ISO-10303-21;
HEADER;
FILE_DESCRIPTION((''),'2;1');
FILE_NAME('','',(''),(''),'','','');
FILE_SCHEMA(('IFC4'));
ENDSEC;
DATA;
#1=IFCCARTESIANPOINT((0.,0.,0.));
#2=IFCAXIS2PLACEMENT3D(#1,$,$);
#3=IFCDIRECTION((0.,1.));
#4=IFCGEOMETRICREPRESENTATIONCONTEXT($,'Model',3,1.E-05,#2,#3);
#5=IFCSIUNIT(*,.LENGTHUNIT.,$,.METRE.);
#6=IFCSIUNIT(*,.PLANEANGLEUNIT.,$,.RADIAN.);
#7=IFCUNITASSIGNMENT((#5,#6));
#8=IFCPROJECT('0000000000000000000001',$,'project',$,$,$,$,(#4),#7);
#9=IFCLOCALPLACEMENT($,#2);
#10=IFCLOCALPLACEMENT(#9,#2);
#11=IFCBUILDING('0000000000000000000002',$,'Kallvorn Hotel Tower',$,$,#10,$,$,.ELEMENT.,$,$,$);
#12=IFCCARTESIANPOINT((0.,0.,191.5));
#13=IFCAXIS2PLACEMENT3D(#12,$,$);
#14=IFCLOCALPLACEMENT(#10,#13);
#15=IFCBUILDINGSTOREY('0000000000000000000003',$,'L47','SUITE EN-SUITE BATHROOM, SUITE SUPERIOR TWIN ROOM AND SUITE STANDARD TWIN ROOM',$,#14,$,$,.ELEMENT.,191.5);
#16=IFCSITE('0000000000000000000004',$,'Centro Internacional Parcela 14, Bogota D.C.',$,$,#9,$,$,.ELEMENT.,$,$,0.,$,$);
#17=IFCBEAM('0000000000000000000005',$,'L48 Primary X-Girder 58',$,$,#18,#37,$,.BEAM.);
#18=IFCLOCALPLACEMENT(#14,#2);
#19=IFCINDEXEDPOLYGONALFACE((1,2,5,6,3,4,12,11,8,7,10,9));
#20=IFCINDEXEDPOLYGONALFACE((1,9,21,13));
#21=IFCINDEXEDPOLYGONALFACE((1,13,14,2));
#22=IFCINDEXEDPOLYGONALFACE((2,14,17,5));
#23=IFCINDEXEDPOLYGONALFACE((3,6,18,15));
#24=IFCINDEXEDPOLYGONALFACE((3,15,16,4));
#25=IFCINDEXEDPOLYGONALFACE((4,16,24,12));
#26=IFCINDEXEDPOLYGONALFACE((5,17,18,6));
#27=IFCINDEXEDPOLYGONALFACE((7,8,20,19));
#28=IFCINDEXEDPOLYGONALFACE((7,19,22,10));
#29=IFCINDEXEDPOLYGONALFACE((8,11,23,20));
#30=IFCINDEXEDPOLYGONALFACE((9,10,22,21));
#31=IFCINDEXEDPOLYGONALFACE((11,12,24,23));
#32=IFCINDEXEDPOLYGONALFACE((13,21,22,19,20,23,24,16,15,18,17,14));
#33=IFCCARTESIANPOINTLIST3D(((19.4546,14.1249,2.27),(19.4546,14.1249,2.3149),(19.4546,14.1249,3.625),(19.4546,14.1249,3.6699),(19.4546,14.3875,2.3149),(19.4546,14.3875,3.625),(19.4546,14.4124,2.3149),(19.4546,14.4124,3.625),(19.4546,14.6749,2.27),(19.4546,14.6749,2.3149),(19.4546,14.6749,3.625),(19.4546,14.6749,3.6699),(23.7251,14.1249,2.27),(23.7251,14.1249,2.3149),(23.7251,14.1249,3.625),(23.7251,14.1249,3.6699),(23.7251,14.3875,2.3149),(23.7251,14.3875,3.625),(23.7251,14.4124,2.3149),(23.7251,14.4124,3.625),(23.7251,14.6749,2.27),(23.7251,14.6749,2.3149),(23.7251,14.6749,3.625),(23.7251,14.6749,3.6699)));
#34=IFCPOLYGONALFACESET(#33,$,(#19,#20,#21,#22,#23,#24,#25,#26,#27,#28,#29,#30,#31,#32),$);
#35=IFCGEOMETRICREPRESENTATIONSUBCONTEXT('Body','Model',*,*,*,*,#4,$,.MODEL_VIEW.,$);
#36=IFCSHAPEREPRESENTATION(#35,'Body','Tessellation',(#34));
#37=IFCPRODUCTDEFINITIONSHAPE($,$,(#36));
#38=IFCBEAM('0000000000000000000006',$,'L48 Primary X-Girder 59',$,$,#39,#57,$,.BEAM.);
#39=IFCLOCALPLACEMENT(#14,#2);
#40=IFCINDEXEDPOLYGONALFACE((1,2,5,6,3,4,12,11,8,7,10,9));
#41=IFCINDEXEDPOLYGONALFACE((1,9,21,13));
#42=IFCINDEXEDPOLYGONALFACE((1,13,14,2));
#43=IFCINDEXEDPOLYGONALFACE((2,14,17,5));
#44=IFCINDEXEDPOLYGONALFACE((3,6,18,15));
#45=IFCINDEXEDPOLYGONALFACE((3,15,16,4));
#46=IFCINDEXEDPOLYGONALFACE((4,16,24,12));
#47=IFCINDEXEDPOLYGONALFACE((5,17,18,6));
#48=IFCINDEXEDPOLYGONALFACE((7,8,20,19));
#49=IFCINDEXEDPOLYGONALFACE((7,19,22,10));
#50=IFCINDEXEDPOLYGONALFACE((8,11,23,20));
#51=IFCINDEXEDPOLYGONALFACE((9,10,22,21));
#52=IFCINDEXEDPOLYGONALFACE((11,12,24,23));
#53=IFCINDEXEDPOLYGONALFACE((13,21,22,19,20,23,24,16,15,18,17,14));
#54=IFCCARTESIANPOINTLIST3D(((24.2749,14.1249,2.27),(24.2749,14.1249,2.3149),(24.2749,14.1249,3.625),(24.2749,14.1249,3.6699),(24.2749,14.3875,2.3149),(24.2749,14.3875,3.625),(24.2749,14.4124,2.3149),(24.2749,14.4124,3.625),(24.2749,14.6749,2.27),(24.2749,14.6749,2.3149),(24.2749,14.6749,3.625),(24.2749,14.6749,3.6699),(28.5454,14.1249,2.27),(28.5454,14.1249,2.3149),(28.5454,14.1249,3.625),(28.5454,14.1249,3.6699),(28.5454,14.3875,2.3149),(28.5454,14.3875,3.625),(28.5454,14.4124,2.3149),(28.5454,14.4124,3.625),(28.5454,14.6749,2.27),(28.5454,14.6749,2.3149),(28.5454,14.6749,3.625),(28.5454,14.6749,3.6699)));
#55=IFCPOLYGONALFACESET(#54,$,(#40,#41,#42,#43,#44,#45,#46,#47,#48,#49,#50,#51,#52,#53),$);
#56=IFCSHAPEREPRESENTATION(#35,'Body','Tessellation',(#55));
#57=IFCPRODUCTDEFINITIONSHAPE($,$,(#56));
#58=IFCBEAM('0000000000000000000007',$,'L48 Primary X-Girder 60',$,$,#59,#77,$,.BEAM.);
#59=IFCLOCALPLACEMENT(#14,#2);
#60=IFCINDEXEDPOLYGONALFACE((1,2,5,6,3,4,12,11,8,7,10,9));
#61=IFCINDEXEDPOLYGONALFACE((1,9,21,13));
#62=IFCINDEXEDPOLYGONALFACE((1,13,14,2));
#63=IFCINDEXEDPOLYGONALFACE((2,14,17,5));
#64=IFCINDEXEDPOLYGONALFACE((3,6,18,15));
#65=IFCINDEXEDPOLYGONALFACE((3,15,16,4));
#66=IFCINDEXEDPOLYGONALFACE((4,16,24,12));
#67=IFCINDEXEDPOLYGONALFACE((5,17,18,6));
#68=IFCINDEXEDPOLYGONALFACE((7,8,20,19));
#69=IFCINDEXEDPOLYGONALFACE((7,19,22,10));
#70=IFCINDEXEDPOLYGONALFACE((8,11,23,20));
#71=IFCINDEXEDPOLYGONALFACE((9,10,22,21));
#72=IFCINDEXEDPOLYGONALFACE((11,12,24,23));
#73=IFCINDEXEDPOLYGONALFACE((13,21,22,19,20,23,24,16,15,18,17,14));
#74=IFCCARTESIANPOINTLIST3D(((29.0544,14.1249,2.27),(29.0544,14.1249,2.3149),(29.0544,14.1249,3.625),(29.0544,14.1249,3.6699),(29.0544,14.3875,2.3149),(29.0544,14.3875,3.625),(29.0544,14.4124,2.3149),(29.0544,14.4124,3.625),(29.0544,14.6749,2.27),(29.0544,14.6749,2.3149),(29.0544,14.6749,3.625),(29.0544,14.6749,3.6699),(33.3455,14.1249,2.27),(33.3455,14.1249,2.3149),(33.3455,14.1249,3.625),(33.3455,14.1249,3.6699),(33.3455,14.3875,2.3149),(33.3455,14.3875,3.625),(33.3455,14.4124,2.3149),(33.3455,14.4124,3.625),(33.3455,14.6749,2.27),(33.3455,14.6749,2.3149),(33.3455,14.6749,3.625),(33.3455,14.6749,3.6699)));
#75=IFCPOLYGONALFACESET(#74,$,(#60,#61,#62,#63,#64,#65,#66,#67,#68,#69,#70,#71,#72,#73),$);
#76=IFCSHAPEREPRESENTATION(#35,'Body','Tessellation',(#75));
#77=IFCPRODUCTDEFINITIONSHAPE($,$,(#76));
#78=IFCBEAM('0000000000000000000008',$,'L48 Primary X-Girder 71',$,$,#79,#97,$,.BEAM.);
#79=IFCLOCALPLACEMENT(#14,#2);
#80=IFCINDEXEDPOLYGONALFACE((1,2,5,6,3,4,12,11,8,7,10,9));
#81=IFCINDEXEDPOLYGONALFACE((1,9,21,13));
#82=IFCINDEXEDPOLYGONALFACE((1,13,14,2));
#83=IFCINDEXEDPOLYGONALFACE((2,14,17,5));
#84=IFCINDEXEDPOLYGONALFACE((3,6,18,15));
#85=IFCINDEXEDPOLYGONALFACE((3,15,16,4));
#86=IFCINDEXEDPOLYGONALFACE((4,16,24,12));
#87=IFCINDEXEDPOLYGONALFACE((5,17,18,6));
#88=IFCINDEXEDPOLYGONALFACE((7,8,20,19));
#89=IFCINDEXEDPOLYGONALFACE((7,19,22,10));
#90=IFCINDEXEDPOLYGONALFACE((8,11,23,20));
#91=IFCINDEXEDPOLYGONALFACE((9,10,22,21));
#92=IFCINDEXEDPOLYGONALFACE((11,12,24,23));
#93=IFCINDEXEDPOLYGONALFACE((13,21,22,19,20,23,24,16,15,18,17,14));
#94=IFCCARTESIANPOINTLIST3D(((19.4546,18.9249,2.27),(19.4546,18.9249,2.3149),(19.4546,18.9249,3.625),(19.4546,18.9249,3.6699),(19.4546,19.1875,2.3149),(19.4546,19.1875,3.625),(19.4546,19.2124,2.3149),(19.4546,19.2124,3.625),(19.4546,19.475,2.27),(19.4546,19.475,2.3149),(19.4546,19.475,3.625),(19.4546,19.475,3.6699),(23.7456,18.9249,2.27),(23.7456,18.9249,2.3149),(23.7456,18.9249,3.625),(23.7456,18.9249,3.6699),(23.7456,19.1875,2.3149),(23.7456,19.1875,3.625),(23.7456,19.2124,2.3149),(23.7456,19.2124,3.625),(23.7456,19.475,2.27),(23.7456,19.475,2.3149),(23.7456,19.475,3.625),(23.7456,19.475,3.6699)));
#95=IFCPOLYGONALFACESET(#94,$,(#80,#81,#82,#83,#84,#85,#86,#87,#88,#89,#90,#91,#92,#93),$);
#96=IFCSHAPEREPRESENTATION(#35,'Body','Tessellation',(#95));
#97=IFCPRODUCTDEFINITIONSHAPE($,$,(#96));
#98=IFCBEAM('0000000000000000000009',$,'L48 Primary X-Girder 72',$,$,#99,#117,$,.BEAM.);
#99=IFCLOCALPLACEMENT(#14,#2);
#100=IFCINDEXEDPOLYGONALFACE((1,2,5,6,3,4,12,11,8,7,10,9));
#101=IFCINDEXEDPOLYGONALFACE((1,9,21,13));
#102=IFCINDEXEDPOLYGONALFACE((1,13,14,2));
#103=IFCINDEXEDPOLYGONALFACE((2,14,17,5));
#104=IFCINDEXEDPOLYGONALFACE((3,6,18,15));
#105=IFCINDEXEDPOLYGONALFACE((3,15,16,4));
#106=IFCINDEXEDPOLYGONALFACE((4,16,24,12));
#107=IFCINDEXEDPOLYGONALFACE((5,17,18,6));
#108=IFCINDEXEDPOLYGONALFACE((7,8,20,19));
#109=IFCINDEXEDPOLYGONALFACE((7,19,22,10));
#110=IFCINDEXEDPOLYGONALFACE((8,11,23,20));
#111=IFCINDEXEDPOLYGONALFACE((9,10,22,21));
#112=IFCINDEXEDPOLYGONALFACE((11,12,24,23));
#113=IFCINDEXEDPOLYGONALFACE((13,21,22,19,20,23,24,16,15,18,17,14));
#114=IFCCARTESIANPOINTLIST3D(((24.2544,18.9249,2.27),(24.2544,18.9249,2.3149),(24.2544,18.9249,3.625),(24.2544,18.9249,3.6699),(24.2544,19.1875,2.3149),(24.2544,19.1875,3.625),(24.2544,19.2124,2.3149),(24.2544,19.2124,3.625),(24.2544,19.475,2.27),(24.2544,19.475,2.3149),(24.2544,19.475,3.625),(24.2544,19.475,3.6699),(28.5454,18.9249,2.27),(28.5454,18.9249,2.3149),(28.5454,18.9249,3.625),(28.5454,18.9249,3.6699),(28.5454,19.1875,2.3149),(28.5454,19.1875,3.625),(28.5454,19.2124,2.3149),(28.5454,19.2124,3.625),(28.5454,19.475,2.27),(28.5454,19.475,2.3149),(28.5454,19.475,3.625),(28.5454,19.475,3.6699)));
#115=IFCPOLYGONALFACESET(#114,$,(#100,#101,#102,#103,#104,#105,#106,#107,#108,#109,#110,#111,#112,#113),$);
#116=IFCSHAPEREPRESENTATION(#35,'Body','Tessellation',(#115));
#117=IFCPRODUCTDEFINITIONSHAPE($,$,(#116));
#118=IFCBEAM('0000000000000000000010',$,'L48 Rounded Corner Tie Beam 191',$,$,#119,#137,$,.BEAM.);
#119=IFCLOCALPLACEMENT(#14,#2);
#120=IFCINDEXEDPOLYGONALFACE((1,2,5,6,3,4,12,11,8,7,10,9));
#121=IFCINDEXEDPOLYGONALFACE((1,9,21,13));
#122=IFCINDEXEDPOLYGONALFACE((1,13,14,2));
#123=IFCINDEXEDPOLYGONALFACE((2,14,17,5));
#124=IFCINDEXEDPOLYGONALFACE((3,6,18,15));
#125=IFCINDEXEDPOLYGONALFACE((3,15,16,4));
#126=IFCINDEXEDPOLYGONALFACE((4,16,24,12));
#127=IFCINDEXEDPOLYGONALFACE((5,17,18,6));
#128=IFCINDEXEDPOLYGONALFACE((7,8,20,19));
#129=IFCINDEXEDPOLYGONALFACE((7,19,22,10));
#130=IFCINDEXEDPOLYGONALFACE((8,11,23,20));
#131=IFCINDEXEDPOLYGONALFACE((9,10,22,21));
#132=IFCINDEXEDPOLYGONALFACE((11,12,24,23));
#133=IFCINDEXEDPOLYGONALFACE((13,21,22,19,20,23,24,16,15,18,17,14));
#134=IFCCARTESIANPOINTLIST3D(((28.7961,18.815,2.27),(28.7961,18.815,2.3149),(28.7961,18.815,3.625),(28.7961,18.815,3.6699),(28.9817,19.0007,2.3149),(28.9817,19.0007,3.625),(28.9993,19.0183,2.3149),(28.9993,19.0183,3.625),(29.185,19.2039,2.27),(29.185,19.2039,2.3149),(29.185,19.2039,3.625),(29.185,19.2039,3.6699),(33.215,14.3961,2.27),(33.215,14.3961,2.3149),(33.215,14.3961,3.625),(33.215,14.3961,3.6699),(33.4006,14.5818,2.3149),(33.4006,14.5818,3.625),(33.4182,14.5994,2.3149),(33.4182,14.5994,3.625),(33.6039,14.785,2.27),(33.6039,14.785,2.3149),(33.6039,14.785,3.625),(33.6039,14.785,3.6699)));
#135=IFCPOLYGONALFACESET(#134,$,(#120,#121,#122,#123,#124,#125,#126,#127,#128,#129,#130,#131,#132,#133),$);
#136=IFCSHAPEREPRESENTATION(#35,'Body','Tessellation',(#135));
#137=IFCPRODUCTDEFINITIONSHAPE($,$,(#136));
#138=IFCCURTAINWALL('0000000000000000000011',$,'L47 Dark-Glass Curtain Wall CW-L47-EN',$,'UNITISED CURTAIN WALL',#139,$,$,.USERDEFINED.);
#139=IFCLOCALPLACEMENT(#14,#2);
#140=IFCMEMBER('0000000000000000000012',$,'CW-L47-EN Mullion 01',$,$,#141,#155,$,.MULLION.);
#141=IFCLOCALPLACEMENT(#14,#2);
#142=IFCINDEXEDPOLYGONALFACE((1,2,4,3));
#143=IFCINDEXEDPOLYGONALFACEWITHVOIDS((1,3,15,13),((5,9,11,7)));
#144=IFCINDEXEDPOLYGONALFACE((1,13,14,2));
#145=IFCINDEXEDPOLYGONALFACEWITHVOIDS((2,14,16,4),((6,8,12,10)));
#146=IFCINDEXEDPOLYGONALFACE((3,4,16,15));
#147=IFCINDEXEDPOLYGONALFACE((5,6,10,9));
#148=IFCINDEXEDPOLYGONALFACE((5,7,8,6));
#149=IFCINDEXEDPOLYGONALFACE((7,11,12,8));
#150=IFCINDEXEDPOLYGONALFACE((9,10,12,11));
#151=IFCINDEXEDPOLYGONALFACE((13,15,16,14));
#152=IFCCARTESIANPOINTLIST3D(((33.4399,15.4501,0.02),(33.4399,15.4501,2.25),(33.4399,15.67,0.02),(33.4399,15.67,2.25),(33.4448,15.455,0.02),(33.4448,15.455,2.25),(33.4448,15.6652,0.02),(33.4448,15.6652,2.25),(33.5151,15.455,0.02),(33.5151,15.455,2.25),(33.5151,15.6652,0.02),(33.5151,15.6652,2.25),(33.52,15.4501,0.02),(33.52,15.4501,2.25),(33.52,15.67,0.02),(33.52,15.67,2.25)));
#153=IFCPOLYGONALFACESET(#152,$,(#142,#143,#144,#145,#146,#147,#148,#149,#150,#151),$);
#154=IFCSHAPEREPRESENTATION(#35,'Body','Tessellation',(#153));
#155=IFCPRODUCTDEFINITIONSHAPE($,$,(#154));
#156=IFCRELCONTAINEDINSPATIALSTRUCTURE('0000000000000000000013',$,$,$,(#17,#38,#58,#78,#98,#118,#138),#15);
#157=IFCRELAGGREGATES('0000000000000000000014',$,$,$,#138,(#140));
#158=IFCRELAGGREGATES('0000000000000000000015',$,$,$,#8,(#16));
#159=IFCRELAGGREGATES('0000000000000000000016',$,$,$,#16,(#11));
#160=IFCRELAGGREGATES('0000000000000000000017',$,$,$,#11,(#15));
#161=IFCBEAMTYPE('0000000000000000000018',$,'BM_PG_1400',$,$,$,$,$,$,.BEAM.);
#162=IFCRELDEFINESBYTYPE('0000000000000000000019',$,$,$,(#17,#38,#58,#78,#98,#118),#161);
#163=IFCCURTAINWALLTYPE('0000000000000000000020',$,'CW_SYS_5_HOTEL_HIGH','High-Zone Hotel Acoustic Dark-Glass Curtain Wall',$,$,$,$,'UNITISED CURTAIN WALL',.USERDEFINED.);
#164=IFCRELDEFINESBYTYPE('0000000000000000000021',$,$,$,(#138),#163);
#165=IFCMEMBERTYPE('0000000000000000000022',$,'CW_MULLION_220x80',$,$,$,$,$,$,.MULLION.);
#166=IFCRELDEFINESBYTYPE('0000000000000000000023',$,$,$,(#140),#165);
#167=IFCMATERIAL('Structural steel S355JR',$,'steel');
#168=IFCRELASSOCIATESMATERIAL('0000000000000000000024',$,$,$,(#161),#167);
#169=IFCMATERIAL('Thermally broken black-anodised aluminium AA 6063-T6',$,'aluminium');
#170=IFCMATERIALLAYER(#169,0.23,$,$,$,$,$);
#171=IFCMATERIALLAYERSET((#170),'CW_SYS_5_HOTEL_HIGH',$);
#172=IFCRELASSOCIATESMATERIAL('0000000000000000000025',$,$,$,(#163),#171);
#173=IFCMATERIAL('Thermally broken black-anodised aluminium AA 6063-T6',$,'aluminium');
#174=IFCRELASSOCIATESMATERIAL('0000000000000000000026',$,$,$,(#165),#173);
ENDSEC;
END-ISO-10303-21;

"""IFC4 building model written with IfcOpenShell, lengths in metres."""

from ifc_helpers import new_model, si_unit, direction, frame, origin, origin_2d, place, context, subcontext, project, spatial, hollow_rectangle, i_section, extrude, material, layer, layer_set, material_profile, profile_set, type_object, element, aggregate, save


model = new_model("IFC4")

# Units and contexts
model_context = context("Model", 3, precision=1e-05, world=origin(), true_north=direction((0.0, 1.0)))
body_context = subcontext(model_context, "Body", "Model", "MODEL_VIEW")
ifc_project = project(units=[si_unit("LENGTHUNIT", "METRE"), si_unit("PLANEANGLEUNIT", "RADIAN")], contexts=[model_context])

# Site, building, storey
site_placement = place(None, origin())
site = spatial("IfcSite", under=ifc_project, at=site_placement, Name="Centro Internacional Parcela 14, Bogota D.C.", CompositionType="ELEMENT", RefElevation=0.0)
building_placement = place(site_placement, origin())
building = spatial("IfcBuilding", under=site, at=building_placement, Name="Kallvorn Hotel Tower", CompositionType="ELEMENT")
storey_placement = place(building_placement, frame((0.0, 0.0, 191.5)))
storey = spatial("IfcBuildingStorey", under=building, at=storey_placement, Name="L47", Description="SUITE EN-SUITE BATHROOM, SUITE SUPERIOR TWIN ROOM AND SUITE STANDARD TWIN ROOM", CompositionType="ELEMENT", Elevation=191.5)

# Beams
ifc_material_1 = material(Name="Structural steel S355JR", Category="steel")
ifc_material_profile_1 = material_profile(ifc_material_1, i_section(OverallWidth=0.55, OverallDepth=1.3999, WebThickness=0.0249, FlangeThickness=0.0449, at=origin_2d()), Name="PG 1400x550x25x45")
ifc_profile_set_1 = profile_set([ifc_material_profile_1], Name="Structural steel S355JR")
beam_type_1 = type_object("IfcBeamType", Name="BM_PG_1400", PredefinedType="BEAM", material=ifc_profile_set_1)
for number, where, z_axis, x_axis, name in (
    (1, (19.4546, 14.3999, 2.97), (1.0, 0.0, 0.0), (0.0, 1.0, 0.0), "L48 Primary X-Girder 58"),
    (2, (24.2749, 14.3999, 2.97), (1.0, 0.0, 0.0), (0.0, 1.0, 0.0), "L48 Primary X-Girder 59"),
):
    element("IfcBeam", number, at=place(storey_placement, frame(where, z_axis=z_axis, x_axis=x_axis)), inside=storey, type_object=beam_type_1, Name=name, PredefinedType="BEAM", context=body_context, shape_type="SweptSolid", body=[
        extrude(i_section(OverallWidth=0.55, OverallDepth=1.3999, WebThickness=0.0249, FlangeThickness=0.0449, at=origin_2d()), origin(), (0.0, 0.0, 1.0), 4.2705),
    ])
for number, where, z_axis, x_axis, name in (
    (3, (29.0544, 14.3999, 2.97), (1.0, 0.0, 0.0), (0.0, 1.0, 0.0), "L48 Primary X-Girder 60"),
    (4, (19.4546, 19.2, 2.97), (1.0, 0.0, 0.0), (0.0, 1.0, 0.0), "L48 Primary X-Girder 71"),
    (5, (24.2544, 19.2, 2.97), (1.0, 0.0, 0.0), (0.0, 1.0, 0.0), "L48 Primary X-Girder 72"),
):
    element("IfcBeam", number, at=place(storey_placement, frame(where, z_axis=z_axis, x_axis=x_axis)), inside=storey, type_object=beam_type_1, Name=name, PredefinedType="BEAM", context=body_context, shape_type="SweptSolid", body=[
        extrude(i_section(OverallWidth=0.55, OverallDepth=1.3999, WebThickness=0.0249, FlangeThickness=0.0449, at=origin_2d()), origin(), (0.0, 0.0, 1.0), 4.291),
    ])
beam_1_placement = place(storey_placement, frame((33.4094, 14.5906, 2.97), z_axis=(-0.707107, 0.707107, 0.0), x_axis=(-0.707107, -0.707107, 0.0)))
element("IfcBeam", 6, at=beam_1_placement, inside=storey, type_object=beam_type_1, Name="L48 Rounded Corner Tie Beam 191", PredefinedType="BEAM", context=body_context, shape_type="SweptSolid", body=[
    extrude(i_section(OverallWidth=0.55, OverallDepth=1.3999, WebThickness=0.0249, FlangeThickness=0.0449, at=origin_2d()), origin(), (0.0, 0.0, 1.0), 6.2493),
])

# Curtain wall, member
ifc_material_2 = material(Name="Thermally broken black-anodised aluminium AA 6063-T6", Category="aluminium")
ifc_layer_1 = layer(ifc_material_2, 0.23)
ifc_layer_set_1 = layer_set([ifc_layer_1], Name="CW_SYS_5_HOTEL_HIGH")
curtain_wall_type = type_object("IfcCurtainWallType", Name="CW_SYS_5_HOTEL_HIGH", Description="High-Zone Hotel Acoustic Dark-Glass Curtain Wall", ElementType="UNITISED CURTAIN WALL", PredefinedType="USERDEFINED", material=ifc_layer_set_1)
curtain_wall_placement = place(storey_placement, origin())
curtain_wall = element("IfcCurtainWall", 7, at=curtain_wall_placement, inside=storey, type_object=curtain_wall_type, Name="L47 Dark-Glass Curtain Wall CW-L47-EN", ObjectType="UNITISED CURTAIN WALL", PredefinedType="USERDEFINED")
ifc_material_3 = material(Name="Thermally broken black-anodised aluminium AA 6063-T6", Category="aluminium")
ifc_material_profile_2 = material_profile(ifc_material_3, hollow_rectangle(XDim=0.0801, YDim=0.22, WallThickness=0.0049, at=origin_2d()), Name="MUL 220x80")
ifc_profile_set_2 = profile_set([ifc_material_profile_2], Name="Thermally broken black-anodised aluminium AA 6063-T6")
member_type_1 = type_object("IfcMemberType", Name="CW_MULLION_220x80", PredefinedType="MULLION", material=ifc_profile_set_2)
member_placement = place(storey_placement, frame((33.48, 15.5601, 0.02), z_axis=(0.0, 0.0, 1.0), x_axis=(1.0, 0.0, 0.0)))
member = element("IfcMember", 8, at=member_placement, type_object=member_type_1, Name="CW-L47-EN Mullion 01", PredefinedType="MULLION", context=body_context, shape_type="SweptSolid", body=[
    extrude(hollow_rectangle(XDim=0.0801, YDim=0.22, WallThickness=0.0049, at=origin_2d()), origin(), (0.0, 0.0, 1.0), 2.23),
])
aggregate(curtain_wall, [member])

save(model, "model.ifc")
